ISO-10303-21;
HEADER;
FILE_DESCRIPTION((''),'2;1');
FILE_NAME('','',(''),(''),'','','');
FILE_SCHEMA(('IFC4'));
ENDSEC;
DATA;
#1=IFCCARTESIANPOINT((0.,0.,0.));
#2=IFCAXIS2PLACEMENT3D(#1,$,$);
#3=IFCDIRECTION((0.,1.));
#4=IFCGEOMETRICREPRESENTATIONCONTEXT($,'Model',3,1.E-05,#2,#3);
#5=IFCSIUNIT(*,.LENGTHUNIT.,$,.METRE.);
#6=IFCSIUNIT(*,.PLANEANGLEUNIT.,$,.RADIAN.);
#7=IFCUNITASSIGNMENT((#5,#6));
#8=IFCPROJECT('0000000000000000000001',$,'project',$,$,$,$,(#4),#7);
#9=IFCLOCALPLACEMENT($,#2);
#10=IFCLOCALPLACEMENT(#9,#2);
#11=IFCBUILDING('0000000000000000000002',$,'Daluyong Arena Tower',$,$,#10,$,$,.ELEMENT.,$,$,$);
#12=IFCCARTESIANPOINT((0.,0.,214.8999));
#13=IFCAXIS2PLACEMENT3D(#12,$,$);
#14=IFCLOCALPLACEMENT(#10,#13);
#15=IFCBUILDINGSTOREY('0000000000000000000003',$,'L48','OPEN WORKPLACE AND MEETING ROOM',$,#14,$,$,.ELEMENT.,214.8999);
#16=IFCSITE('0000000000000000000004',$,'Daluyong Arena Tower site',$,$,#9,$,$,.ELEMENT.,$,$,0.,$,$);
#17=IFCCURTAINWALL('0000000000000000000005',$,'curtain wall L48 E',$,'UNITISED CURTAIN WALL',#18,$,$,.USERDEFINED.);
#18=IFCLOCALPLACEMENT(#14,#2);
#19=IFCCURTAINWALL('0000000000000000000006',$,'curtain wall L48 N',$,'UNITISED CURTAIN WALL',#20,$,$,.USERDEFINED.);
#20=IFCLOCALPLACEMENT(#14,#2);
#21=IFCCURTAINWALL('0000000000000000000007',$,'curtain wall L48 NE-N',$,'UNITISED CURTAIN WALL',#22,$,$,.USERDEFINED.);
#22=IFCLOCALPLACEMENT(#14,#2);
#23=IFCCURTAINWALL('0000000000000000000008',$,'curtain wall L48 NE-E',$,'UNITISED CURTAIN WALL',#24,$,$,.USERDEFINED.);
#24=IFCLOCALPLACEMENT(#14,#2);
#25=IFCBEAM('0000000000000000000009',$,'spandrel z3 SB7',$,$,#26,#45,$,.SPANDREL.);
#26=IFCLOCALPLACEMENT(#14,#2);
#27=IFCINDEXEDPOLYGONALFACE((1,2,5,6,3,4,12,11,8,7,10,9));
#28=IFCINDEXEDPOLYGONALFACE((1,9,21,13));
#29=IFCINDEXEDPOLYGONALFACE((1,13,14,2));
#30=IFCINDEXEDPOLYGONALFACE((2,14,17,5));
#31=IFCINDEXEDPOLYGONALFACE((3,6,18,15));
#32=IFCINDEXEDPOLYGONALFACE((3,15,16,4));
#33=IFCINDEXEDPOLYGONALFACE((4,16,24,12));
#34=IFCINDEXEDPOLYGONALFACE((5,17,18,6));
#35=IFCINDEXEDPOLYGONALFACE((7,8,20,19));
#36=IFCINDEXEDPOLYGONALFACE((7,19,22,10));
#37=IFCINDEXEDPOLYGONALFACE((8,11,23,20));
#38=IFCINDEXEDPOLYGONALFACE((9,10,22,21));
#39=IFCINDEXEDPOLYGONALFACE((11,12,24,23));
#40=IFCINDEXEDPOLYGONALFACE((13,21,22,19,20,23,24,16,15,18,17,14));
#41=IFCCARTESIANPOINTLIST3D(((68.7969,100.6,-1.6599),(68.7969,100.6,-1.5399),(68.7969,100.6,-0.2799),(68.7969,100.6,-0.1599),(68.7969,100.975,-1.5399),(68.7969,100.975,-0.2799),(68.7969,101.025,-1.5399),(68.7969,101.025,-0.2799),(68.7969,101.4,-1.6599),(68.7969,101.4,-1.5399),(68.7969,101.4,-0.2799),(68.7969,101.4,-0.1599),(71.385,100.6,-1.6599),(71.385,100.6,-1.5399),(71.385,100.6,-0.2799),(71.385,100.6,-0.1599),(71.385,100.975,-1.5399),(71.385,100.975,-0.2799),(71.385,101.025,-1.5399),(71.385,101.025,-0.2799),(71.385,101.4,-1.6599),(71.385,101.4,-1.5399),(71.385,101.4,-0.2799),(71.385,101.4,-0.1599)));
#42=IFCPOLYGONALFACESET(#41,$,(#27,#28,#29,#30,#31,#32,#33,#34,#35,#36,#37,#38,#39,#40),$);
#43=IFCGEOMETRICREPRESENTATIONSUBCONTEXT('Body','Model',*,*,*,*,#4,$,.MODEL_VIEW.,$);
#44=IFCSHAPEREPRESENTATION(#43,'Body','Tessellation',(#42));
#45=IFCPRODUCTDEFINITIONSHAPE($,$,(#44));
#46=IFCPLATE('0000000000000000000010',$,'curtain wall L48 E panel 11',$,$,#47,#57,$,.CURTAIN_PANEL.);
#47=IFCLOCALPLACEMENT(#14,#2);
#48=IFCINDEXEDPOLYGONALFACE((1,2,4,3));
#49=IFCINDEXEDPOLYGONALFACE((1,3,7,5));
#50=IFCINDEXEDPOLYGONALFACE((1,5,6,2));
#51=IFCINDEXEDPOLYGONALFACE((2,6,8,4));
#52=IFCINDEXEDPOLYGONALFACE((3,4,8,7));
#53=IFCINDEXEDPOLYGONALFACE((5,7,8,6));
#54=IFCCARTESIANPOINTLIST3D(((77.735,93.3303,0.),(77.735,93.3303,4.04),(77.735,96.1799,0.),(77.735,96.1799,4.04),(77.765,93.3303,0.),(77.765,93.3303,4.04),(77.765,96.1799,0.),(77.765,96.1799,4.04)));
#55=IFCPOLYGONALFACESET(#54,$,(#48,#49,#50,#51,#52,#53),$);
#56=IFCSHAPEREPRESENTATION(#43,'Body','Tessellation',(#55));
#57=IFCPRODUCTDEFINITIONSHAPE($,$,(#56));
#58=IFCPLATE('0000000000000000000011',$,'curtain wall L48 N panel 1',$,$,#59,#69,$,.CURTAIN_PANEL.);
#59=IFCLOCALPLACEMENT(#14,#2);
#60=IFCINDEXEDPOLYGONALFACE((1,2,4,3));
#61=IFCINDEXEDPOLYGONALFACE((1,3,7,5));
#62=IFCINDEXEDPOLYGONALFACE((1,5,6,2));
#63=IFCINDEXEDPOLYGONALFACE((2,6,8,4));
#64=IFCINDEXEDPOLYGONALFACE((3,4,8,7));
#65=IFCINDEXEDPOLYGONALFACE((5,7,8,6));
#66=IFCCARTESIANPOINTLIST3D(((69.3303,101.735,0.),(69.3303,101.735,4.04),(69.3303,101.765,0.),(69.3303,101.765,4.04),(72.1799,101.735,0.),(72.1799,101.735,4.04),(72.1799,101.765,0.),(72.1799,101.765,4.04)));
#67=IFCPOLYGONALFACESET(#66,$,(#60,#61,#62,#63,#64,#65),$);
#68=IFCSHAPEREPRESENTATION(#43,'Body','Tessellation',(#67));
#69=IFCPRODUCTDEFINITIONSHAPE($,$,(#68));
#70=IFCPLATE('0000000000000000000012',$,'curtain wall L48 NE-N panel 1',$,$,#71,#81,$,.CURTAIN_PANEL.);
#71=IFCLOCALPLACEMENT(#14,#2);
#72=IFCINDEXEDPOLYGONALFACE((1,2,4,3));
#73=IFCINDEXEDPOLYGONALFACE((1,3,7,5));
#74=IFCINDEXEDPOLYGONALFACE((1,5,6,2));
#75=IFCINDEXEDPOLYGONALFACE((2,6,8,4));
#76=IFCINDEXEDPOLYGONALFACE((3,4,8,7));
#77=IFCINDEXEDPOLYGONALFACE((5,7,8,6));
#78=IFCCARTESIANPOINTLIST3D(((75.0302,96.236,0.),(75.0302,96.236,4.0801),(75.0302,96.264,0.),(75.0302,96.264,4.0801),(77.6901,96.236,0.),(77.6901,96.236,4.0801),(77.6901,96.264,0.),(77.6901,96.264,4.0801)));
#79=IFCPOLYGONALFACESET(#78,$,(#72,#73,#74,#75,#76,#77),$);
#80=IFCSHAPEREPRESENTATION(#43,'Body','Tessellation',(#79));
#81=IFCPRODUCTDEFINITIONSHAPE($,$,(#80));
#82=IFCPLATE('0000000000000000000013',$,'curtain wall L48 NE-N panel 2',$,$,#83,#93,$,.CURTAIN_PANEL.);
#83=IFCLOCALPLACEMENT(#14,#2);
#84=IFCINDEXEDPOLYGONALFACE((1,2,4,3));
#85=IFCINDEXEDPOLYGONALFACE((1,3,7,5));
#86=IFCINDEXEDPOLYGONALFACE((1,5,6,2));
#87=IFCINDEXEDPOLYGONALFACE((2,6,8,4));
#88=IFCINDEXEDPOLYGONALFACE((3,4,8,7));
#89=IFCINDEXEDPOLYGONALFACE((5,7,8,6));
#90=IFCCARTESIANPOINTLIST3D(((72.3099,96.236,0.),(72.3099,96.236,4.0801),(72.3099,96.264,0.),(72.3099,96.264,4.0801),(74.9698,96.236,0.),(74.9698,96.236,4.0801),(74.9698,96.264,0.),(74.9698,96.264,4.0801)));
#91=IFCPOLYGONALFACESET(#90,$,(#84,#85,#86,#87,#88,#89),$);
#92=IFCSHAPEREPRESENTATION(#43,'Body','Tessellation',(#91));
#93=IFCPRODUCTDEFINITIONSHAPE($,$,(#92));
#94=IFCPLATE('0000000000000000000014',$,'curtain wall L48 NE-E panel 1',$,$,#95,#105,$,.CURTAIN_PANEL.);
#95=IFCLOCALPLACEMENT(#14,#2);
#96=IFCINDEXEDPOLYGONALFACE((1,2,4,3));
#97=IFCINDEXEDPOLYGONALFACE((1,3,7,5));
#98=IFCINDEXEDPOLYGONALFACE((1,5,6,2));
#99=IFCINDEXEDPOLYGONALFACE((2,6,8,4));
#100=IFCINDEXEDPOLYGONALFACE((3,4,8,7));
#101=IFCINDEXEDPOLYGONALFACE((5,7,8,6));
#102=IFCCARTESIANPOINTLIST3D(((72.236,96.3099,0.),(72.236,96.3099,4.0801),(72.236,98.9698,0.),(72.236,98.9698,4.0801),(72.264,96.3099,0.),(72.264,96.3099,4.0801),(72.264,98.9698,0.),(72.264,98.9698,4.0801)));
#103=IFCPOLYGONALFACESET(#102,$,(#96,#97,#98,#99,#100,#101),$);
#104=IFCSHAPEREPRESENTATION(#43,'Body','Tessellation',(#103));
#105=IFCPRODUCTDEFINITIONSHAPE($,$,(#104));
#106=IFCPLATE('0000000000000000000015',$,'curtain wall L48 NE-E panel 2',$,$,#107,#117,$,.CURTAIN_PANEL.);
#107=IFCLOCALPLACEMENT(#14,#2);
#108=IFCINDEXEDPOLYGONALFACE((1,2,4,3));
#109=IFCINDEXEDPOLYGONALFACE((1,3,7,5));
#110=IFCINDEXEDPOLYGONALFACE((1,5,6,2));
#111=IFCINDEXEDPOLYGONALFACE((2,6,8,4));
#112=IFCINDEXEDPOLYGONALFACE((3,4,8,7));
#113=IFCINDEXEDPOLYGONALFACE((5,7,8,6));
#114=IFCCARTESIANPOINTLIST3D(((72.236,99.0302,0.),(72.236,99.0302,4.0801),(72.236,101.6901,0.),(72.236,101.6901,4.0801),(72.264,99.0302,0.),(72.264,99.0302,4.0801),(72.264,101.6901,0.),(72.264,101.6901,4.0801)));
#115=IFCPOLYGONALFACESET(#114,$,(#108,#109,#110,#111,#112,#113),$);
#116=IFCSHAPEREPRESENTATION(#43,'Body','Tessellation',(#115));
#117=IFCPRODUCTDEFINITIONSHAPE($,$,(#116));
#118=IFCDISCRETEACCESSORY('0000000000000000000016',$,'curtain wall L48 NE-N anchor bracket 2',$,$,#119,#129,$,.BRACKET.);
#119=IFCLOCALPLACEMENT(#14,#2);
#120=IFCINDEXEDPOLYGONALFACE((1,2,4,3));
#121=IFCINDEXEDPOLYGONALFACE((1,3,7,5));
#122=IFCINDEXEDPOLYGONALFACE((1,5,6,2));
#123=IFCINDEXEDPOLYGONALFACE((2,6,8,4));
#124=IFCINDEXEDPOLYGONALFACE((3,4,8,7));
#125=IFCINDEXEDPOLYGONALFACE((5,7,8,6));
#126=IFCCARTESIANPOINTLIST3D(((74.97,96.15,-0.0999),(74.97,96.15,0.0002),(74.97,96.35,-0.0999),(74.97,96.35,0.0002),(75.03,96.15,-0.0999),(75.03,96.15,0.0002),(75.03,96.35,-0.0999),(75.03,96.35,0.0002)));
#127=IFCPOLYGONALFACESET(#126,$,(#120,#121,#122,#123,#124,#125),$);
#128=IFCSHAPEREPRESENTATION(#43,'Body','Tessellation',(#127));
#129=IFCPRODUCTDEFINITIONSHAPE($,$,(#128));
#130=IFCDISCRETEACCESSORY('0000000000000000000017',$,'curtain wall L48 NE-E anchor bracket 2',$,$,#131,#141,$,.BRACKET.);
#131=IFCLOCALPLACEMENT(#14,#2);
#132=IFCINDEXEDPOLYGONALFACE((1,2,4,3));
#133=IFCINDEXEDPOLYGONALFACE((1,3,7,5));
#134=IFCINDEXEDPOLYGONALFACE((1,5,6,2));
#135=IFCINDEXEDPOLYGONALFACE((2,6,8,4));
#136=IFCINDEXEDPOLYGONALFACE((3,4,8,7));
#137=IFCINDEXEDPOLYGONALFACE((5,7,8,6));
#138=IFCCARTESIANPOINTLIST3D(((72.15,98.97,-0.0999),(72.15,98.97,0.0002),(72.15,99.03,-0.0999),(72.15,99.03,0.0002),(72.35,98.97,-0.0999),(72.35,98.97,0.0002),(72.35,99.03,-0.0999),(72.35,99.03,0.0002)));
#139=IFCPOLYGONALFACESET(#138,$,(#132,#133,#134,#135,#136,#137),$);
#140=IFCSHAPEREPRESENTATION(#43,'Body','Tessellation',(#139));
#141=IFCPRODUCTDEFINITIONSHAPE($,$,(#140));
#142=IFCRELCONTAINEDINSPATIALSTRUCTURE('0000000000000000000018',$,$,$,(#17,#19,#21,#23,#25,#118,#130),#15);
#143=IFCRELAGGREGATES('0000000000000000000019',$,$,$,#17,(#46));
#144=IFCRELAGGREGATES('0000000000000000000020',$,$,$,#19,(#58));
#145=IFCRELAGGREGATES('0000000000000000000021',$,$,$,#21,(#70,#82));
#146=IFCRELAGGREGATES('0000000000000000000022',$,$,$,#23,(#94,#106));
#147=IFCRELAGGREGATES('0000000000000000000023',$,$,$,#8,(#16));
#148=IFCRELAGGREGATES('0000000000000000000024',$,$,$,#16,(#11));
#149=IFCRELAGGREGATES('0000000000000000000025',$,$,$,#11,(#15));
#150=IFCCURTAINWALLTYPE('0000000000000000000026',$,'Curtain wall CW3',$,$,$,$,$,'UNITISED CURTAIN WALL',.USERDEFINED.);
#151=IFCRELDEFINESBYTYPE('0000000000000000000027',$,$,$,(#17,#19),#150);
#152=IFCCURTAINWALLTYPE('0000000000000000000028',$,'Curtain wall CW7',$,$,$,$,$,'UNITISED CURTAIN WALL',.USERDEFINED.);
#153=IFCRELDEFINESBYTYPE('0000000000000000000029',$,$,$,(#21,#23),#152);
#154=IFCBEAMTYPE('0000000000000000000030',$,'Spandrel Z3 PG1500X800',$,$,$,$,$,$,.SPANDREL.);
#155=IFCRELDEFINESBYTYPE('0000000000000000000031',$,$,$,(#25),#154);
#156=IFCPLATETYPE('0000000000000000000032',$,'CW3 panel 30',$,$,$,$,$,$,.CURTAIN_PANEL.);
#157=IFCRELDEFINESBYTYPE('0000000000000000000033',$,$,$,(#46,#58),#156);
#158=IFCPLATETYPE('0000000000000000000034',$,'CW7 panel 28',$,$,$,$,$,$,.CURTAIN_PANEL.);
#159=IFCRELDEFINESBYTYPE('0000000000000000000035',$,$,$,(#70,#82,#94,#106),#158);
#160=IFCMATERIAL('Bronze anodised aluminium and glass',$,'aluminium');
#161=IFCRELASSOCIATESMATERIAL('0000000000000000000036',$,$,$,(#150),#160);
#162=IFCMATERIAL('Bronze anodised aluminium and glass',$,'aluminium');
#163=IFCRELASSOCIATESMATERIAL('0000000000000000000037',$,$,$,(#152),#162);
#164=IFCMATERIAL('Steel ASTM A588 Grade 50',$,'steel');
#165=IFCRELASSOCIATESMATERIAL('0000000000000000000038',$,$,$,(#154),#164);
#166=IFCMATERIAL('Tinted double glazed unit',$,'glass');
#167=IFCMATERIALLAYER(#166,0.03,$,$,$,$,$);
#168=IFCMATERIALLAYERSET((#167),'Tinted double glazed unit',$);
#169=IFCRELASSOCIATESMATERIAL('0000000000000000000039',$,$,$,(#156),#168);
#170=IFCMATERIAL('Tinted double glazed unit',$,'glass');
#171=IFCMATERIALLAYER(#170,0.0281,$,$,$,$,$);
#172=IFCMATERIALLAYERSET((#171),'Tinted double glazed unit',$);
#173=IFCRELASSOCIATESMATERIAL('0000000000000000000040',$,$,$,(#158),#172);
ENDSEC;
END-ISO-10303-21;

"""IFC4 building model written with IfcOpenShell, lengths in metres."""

from ifc_helpers import new_model, si_unit, direction, frame, origin, origin_2d, place, context, subcontext, project, spatial, rectangle, i_section, extrude, material, layer, layer_set, material_profile, profile_set, type_object, element, aggregate, save


model = new_model("IFC4")

# Units and contexts
model_context = context("Model", 3, precision=1e-05, world=origin(), true_north=direction((0.0, 1.0)))
body_context = subcontext(model_context, "Body", "Model", "MODEL_VIEW")
ifc_project = project(units=[si_unit("LENGTHUNIT", "METRE"), si_unit("PLANEANGLEUNIT", "RADIAN")], contexts=[model_context])

# Site, building, storey
site_placement = place(None, origin())
site = spatial("IfcSite", under=ifc_project, at=site_placement, Name="Daluyong Arena Tower site", CompositionType="ELEMENT", RefElevation=0.0)
building_placement = place(site_placement, origin())
building = spatial("IfcBuilding", under=site, at=building_placement, Name="Daluyong Arena Tower", CompositionType="ELEMENT")
storey_placement = place(building_placement, frame((0.0, 0.0, 214.8999)))
storey = spatial("IfcBuildingStorey", under=building, at=storey_placement, Name="L48", Description="OPEN WORKPLACE AND MEETING ROOM", CompositionType="ELEMENT", Elevation=214.8999)

# Curtain wall
ifc_material_1 = material(Name="Bronze anodised aluminium and glass", Category="aluminium")
curtain_wall_type_1 = type_object("IfcCurtainWallType", Name="Curtain wall CW3", ElementType="UNITISED CURTAIN WALL", PredefinedType="USERDEFINED", material=ifc_material_1)
curtain_wall_1_placement = place(storey_placement, origin())
curtain_wall_1 = element("IfcCurtainWall", 1, at=curtain_wall_1_placement, inside=storey, type_object=curtain_wall_type_1, Name="curtain wall L48 E", ObjectType="UNITISED CURTAIN WALL", PredefinedType="USERDEFINED")

# Curtain wall
curtain_wall_2_placement = place(storey_placement, origin())
curtain_wall_2 = element("IfcCurtainWall", 2, at=curtain_wall_2_placement, inside=storey, type_object=curtain_wall_type_1, Name="curtain wall L48 N", ObjectType="UNITISED CURTAIN WALL", PredefinedType="USERDEFINED")

# Curtain walls
ifc_material_2 = material(Name="Bronze anodised aluminium and glass", Category="aluminium")
curtain_wall_type_2 = type_object("IfcCurtainWallType", Name="Curtain wall CW7", ElementType="UNITISED CURTAIN WALL", PredefinedType="USERDEFINED", material=ifc_material_2)
curtain_wall_3_placement = place(storey_placement, origin())
curtain_wall_3 = element("IfcCurtainWall", 3, at=curtain_wall_3_placement, inside=storey, type_object=curtain_wall_type_2, Name="curtain wall L48 NE-N", ObjectType="UNITISED CURTAIN WALL", PredefinedType="USERDEFINED")
curtain_wall_4_placement = place(storey_placement, origin())
curtain_wall_4 = element("IfcCurtainWall", 4, at=curtain_wall_4_placement, inside=storey, type_object=curtain_wall_type_2, Name="curtain wall L48 NE-E", ObjectType="UNITISED CURTAIN WALL", PredefinedType="USERDEFINED")

# Beam
ifc_material_3 = material(Name="Steel ASTM A588 Grade 50", Category="steel")
ifc_material_profile_1 = material_profile(ifc_material_3, i_section(OverallWidth=0.8, OverallDepth=1.5, WebThickness=0.05, FlangeThickness=0.12, at=origin_2d()))
ifc_profile_set_1 = profile_set([ifc_material_profile_1], Name="Steel ASTM A588 Grade 50")
beam_type_1 = type_object("IfcBeamType", Name="Spandrel Z3 PG1500X800", PredefinedType="SPANDREL", material=ifc_profile_set_1)
beam_1_placement = place(storey_placement, frame((71.385, 101.0, -0.9099), z_axis=(-1.0, 0.0, 0.0), x_axis=(0.0, -1.0, 0.0)))
element("IfcBeam", 5, at=beam_1_placement, inside=storey, type_object=beam_type_1, Name="spandrel z3 SB7", PredefinedType="SPANDREL", context=body_context, shape_type="SweptSolid", body=[
    extrude(i_section(OverallWidth=0.8, OverallDepth=1.5, WebThickness=0.05, FlangeThickness=0.12, at=origin_2d()), origin(), (0.0, 0.0, 1.0), 2.5881),
])

# Plates
ifc_material_4 = material(Name="Tinted double glazed unit", Category="glass")
ifc_layer_1 = layer(ifc_material_4, 0.03)
ifc_layer_set_1 = layer_set([ifc_layer_1], Name="Tinted double glazed unit")
plate_type_1 = type_object("IfcPlateType", Name="CW3 panel 30", PredefinedType="CURTAIN_PANEL", material=ifc_layer_set_1)
plate_1_placement = place(storey_placement, frame((77.75, 94.7551, 0.0), z_axis=(0.0, 0.0, 1.0), x_axis=(0.0, 1.0, 0.0)))
plate_1 = element("IfcPlate", 6, at=plate_1_placement, type_object=plate_type_1, Name="curtain wall L48 E panel 11", PredefinedType="CURTAIN_PANEL", context=body_context, shape_type="SweptSolid", body=[
    extrude(rectangle(XDim=2.8496, YDim=0.03, at=origin_2d()), origin(), (0.0, 0.0, 1.0), 4.04),
])
aggregate(curtain_wall_1, [plate_1])
plate_2_placement = place(storey_placement, frame((70.7551, 101.75, 0.0), z_axis=(0.0, 0.0, 1.0), x_axis=(-1.0, 0.0, 0.0)))
plate_2 = element("IfcPlate", 7, at=plate_2_placement, type_object=plate_type_1, Name="curtain wall L48 N panel 1", PredefinedType="CURTAIN_PANEL", context=body_context, shape_type="SweptSolid", body=[
    extrude(rectangle(XDim=2.8496, YDim=0.03, at=origin_2d()), origin(), (0.0, 0.0, 1.0), 4.04),
])
aggregate(curtain_wall_2, [plate_2])
ifc_material_5 = material(Name="Tinted double glazed unit", Category="glass")
ifc_layer_2 = layer(ifc_material_5, 0.0281)
ifc_layer_set_2 = layer_set([ifc_layer_2], Name="Tinted double glazed unit")
plate_type_2 = type_object("IfcPlateType", Name="CW7 panel 28", PredefinedType="CURTAIN_PANEL", material=ifc_layer_set_2)
plate_3_placement = place(storey_placement, frame((76.3601, 96.25, 0.0), z_axis=(0.0, 0.0, 1.0), x_axis=(-1.0, 0.0, 0.0)))
plate_3 = element("IfcPlate", 8, at=plate_3_placement, type_object=plate_type_2, Name="curtain wall L48 NE-N panel 1", PredefinedType="CURTAIN_PANEL", context=body_context, shape_type="SweptSolid", body=[
    extrude(rectangle(XDim=2.6599, YDim=0.0281, at=origin_2d()), origin(), (0.0, 0.0, 1.0), 4.0801),
])
plate_4_placement = place(storey_placement, frame((73.6399, 96.25, 0.0), z_axis=(0.0, 0.0, 1.0), x_axis=(-1.0, 0.0, 0.0)))
plate_4 = element("IfcPlate", 9, at=plate_4_placement, type_object=plate_type_2, Name="curtain wall L48 NE-N panel 2", PredefinedType="CURTAIN_PANEL", context=body_context, shape_type="SweptSolid", body=[
    extrude(rectangle(XDim=2.6599, YDim=0.0281, at=origin_2d()), origin(), (0.0, 0.0, 1.0), 4.0801),
])
aggregate(curtain_wall_3, [plate_3, plate_4])
plate_5_placement = place(storey_placement, frame((72.25, 97.6399, 0.0), z_axis=(0.0, 0.0, 1.0), x_axis=(0.0, 1.0, 0.0)))
plate_5 = element("IfcPlate", 10, at=plate_5_placement, type_object=plate_type_2, Name="curtain wall L48 NE-E panel 1", PredefinedType="CURTAIN_PANEL", context=body_context, shape_type="SweptSolid", body=[
    extrude(rectangle(XDim=2.6599, YDim=0.0281, at=origin_2d()), origin(), (0.0, 0.0, 1.0), 4.0801),
])
plate_6_placement = place(storey_placement, frame((72.25, 100.3601, 0.0), z_axis=(0.0, 0.0, 1.0), x_axis=(0.0, 1.0, 0.0)))
plate_6 = element("IfcPlate", 11, at=plate_6_placement, type_object=plate_type_2, Name="curtain wall L48 NE-E panel 2", PredefinedType="CURTAIN_PANEL", context=body_context, shape_type="SweptSolid", body=[
    extrude(rectangle(XDim=2.6599, YDim=0.0281, at=origin_2d()), origin(), (0.0, 0.0, 1.0), 4.0801),
])
aggregate(curtain_wall_4, [plate_5, plate_6])

# Discrete accessories
for number, where, z_axis, x_axis, name in (
    (12, (75.0, 96.25, -0.0999), (0.0, 0.0, 1.0), (-1.0, 0.0, 0.0), "curtain wall L48 NE-N anchor bracket 2"),
    (13, (72.25, 99.0, -0.0999), (0.0, 0.0, 1.0), (0.0, 1.0, 0.0), "curtain wall L48 NE-E anchor bracket 2"),
):
    element("IfcDiscreteAccessory", number, at=place(storey_placement, frame(where, z_axis=z_axis, x_axis=x_axis)), inside=storey, Name=name, PredefinedType="BRACKET", context=body_context, shape_type="SweptSolid", body=[
        extrude(rectangle(XDim=0.0601, YDim=0.2, at=origin_2d()), origin(), (0.0, 0.0, 1.0), 0.1001),
    ])

save(model, "model.ifc")
